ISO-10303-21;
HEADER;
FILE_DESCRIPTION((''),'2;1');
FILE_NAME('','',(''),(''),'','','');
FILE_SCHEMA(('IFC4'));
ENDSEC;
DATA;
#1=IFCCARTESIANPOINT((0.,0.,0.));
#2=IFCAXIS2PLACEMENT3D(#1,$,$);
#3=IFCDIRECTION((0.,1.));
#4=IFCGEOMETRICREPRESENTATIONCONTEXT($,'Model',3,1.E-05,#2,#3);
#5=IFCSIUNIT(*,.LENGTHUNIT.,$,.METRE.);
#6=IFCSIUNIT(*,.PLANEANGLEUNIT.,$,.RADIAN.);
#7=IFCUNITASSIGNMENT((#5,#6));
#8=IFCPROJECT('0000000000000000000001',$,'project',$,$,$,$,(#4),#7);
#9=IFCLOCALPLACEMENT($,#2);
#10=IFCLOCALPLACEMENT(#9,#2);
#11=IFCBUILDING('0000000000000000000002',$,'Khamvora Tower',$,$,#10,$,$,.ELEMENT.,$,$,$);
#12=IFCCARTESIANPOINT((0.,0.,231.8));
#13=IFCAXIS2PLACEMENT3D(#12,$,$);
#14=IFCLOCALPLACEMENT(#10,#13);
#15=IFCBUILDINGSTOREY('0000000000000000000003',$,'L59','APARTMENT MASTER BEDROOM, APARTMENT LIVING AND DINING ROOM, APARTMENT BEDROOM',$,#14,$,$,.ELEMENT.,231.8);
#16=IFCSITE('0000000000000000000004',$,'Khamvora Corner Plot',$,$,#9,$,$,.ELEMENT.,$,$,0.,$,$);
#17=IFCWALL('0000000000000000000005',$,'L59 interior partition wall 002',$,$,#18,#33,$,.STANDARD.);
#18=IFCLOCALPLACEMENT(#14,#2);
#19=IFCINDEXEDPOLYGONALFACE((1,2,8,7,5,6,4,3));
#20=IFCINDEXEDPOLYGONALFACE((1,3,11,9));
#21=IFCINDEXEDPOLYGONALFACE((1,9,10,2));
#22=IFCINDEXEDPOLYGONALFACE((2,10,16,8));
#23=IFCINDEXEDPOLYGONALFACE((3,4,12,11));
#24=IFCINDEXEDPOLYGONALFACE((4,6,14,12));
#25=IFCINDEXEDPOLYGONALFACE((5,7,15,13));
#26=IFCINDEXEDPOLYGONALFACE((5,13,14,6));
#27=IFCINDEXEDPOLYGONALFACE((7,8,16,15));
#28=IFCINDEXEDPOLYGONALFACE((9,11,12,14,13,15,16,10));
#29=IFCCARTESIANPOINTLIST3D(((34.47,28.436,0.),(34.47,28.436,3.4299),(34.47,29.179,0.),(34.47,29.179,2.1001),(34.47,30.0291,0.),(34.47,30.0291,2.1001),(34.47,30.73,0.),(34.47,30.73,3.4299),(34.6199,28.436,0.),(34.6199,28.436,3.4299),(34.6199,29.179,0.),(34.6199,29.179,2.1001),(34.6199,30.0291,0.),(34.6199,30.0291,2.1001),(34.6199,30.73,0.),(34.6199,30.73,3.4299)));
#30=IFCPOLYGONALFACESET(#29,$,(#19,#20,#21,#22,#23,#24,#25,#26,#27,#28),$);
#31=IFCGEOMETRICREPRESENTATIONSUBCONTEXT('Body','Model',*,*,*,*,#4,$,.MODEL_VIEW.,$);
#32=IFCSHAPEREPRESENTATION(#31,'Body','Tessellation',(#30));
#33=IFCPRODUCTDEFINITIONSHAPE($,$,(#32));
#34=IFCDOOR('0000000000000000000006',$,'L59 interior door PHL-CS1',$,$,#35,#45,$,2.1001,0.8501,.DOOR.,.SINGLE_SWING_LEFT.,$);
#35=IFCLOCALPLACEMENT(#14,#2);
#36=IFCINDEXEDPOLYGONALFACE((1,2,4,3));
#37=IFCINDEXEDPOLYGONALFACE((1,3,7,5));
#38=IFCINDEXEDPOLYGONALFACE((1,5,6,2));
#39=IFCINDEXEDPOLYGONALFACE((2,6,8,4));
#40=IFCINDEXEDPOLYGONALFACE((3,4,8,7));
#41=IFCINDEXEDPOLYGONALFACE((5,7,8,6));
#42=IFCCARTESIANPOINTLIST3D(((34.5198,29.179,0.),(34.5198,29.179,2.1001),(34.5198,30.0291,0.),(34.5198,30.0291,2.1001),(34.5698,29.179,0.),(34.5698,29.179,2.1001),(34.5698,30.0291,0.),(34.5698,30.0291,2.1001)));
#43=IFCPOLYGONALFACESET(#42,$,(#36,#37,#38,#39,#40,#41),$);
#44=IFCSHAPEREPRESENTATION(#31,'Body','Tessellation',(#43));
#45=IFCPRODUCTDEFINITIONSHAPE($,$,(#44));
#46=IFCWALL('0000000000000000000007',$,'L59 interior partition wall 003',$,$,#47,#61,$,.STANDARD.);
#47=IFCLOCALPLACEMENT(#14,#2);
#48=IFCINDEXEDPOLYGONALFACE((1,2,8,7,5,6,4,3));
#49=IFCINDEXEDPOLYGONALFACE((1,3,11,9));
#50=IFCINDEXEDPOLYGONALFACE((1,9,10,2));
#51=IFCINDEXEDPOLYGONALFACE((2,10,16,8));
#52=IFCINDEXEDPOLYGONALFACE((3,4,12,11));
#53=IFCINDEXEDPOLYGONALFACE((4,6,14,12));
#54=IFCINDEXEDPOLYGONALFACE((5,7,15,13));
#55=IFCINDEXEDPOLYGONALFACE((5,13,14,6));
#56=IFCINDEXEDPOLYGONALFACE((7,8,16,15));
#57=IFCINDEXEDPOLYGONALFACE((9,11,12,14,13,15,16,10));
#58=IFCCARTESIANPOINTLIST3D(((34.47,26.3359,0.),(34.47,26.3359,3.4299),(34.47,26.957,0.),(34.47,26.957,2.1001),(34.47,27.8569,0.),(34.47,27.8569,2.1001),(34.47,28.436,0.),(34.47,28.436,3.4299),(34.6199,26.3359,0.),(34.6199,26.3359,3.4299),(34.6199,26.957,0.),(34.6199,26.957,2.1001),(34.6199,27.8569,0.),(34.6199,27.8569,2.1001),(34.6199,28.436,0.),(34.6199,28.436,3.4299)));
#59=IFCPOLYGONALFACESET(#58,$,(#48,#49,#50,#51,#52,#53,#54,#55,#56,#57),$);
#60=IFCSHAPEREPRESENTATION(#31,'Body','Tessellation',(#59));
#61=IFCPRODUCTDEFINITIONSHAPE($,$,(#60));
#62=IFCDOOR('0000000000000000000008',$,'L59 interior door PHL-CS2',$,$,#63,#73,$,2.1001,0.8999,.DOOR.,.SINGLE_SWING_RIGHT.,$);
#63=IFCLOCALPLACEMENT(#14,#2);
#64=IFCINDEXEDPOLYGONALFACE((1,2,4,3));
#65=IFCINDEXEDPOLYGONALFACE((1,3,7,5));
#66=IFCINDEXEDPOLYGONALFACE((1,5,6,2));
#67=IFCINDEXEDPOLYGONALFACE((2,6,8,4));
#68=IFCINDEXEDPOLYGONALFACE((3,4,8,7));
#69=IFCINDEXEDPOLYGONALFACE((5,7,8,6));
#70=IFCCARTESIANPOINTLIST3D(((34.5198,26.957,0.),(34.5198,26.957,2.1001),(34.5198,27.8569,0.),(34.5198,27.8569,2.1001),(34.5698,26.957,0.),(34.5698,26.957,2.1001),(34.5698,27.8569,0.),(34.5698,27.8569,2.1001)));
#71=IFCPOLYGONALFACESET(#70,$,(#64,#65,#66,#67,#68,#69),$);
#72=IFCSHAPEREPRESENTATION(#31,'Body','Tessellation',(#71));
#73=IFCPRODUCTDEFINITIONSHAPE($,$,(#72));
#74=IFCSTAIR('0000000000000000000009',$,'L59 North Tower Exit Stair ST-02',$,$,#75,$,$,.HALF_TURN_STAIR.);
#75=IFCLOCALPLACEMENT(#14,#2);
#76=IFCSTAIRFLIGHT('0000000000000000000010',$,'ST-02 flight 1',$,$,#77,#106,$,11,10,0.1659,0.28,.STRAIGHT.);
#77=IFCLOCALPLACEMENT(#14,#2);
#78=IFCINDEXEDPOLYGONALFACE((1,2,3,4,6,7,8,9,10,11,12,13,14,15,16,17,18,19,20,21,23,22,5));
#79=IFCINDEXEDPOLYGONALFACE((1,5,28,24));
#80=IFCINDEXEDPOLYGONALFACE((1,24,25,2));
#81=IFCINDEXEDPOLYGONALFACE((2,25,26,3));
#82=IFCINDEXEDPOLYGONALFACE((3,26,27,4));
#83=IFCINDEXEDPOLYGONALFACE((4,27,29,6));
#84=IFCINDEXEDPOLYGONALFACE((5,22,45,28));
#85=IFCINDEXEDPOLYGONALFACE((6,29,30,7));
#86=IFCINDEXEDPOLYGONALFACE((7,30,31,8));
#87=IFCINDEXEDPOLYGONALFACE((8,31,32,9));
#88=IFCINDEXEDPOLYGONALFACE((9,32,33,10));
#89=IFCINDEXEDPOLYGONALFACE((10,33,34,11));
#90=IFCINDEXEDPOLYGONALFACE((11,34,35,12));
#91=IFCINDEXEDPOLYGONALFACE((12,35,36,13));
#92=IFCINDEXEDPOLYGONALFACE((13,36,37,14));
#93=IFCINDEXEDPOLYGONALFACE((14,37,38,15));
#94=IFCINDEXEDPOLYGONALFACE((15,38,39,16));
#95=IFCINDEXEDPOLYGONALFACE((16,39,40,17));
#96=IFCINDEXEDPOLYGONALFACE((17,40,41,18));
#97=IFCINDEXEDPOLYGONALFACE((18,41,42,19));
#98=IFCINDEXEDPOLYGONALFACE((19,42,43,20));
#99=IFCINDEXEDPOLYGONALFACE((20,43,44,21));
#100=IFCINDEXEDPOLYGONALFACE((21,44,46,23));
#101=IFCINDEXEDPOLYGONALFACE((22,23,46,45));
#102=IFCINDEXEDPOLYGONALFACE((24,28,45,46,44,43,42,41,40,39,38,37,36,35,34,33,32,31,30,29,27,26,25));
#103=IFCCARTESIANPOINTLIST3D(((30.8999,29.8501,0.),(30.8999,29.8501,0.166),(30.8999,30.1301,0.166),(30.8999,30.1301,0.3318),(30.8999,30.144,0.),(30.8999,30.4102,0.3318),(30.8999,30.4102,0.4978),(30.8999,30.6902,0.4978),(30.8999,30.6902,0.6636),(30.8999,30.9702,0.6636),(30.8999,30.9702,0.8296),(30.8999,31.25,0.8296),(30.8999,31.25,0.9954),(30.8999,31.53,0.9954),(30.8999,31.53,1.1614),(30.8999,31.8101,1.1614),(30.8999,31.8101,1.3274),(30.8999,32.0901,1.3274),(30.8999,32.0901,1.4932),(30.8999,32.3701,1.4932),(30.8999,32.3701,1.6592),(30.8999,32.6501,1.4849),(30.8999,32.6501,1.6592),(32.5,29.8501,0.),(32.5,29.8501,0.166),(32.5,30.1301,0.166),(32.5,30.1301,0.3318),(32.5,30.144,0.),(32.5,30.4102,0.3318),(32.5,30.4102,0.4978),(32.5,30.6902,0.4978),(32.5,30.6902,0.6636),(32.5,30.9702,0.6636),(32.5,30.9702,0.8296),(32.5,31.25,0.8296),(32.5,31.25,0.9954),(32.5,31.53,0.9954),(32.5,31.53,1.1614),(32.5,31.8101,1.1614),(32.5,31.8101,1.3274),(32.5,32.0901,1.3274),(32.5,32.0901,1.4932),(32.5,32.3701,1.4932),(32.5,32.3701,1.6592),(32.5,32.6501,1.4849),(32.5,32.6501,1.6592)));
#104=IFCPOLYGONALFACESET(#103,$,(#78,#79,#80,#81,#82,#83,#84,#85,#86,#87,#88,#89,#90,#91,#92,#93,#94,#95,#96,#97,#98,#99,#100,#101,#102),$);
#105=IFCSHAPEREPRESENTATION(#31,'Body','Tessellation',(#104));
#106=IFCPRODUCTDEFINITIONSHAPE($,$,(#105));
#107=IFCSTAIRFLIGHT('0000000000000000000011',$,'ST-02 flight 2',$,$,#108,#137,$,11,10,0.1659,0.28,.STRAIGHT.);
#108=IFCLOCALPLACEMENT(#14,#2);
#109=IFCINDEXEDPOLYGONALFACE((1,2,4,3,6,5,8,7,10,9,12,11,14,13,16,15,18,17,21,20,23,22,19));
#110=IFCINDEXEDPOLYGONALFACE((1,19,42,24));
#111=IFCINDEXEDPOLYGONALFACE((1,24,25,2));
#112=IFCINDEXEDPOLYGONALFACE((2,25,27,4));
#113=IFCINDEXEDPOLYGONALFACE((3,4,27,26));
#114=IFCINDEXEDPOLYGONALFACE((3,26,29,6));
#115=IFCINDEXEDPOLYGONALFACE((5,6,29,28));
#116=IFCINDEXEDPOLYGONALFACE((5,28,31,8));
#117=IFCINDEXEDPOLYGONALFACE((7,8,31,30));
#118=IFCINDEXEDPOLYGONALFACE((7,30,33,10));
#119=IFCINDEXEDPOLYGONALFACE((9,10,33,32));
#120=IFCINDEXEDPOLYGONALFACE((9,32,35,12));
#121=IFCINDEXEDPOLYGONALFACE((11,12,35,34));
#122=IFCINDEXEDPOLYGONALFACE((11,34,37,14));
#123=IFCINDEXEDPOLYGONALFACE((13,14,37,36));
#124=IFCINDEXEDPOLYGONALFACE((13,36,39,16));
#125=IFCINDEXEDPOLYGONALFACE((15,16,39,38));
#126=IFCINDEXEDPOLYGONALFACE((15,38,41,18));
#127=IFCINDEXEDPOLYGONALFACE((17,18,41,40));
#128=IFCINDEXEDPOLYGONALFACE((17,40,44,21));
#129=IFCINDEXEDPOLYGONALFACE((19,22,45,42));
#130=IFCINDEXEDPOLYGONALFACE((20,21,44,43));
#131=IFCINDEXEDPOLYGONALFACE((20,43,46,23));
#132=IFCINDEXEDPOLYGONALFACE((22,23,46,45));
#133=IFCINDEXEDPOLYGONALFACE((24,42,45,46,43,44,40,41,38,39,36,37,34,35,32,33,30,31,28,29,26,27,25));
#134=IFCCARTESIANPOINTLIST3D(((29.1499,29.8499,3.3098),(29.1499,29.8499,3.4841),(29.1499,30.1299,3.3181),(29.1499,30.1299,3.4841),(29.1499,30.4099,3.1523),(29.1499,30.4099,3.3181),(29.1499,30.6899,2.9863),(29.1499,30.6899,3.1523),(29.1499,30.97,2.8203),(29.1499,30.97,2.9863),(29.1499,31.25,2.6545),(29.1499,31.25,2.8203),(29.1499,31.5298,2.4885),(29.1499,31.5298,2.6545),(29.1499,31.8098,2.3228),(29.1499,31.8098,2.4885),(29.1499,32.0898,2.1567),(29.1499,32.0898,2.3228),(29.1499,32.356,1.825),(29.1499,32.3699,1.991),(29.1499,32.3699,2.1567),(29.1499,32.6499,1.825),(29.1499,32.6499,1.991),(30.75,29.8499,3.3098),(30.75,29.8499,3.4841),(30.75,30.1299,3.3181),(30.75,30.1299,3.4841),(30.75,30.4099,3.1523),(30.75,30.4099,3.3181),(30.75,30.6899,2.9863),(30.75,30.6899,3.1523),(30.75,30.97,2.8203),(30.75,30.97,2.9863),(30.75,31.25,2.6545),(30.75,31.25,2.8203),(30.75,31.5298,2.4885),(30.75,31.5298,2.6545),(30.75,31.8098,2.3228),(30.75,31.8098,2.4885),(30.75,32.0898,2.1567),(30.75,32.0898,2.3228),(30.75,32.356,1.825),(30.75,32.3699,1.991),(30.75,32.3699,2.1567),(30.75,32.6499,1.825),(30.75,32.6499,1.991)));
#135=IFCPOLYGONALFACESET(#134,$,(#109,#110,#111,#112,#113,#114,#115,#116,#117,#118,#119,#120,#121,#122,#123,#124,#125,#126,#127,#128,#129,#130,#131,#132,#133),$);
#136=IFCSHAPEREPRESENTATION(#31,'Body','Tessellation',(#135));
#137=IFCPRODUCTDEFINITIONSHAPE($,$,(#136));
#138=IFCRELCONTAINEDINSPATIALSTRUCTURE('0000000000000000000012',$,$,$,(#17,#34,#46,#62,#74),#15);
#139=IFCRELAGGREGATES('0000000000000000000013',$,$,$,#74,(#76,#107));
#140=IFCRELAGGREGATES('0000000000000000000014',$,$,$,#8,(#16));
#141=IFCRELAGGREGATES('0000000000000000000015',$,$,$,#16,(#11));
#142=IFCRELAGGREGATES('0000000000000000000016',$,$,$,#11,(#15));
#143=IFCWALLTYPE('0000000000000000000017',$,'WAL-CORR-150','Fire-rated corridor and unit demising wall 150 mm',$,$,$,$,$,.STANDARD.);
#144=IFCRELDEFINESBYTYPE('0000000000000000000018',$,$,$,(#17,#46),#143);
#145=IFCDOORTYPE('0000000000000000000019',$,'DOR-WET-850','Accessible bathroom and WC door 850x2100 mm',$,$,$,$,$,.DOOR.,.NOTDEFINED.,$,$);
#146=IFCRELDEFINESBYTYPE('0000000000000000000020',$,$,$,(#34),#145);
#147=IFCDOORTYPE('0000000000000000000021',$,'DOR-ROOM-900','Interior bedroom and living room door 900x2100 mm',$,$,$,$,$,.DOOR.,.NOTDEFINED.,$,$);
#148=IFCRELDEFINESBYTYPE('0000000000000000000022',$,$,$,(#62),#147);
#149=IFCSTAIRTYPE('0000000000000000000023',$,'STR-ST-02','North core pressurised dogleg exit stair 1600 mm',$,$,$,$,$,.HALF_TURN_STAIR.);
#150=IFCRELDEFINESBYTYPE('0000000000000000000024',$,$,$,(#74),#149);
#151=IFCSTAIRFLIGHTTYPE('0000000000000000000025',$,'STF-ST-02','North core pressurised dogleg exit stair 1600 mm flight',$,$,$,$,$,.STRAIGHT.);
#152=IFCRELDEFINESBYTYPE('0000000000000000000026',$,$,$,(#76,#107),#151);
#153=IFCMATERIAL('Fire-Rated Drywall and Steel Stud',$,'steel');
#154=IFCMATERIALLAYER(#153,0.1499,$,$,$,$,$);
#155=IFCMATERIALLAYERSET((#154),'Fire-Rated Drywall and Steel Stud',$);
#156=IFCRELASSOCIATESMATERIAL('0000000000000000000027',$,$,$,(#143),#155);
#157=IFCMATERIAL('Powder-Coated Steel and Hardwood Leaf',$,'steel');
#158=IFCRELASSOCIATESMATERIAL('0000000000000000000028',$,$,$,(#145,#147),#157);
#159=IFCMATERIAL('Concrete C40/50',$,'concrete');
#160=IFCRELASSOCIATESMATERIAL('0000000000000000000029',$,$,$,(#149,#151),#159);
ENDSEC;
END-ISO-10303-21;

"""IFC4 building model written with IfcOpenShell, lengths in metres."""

from ifc_helpers import new_model, si_unit, direction, frame, frame_2d, origin, place, context, subcontext, project, spatial, polyline, rectangle, outline, extrude, material, layer, layer_set, type_object, element, fill, aggregate, save


model = new_model("IFC4")

# Units and contexts
model_context = context("Model", 3, precision=1e-05, world=origin(), true_north=direction((0.0, 1.0)))
body_context = subcontext(model_context, "Body", "Model", "MODEL_VIEW")
ifc_project = project(units=[si_unit("LENGTHUNIT", "METRE"), si_unit("PLANEANGLEUNIT", "RADIAN")], contexts=[model_context])

# Site, building, storey
site_placement = place(None, origin())
site = spatial("IfcSite", under=ifc_project, at=site_placement, Name="Khamvora Corner Plot", CompositionType="ELEMENT", RefElevation=0.0)
building_placement = place(site_placement, origin())
building = spatial("IfcBuilding", under=site, at=building_placement, Name="Khamvora Tower", CompositionType="ELEMENT")
storey_placement = place(building_placement, frame((0.0, 0.0, 231.8)))
storey = spatial("IfcBuildingStorey", under=building, at=storey_placement, Name="L59", Description="APARTMENT MASTER BEDROOM, APARTMENT LIVING AND DINING ROOM, APARTMENT BEDROOM", CompositionType="ELEMENT", Elevation=231.8)

# Shared definitions
ifc_material_1 = material(Name="Powder-Coated Steel and Hardwood Leaf", Category="steel")

# Shared definitions
ifc_material_2 = material(Name="Fire-Rated Drywall and Steel Stud", Category="steel")
ifc_layer_1 = layer(ifc_material_2, 0.1499)
ifc_layer_set_1 = layer_set([ifc_layer_1], Name="Fire-Rated Drywall and Steel Stud")
wall_type_1 = type_object("IfcWallType", Name="WAL-CORR-150", Description="Fire-rated corridor and unit demising wall 150 mm", PredefinedType="STANDARD", material=ifc_layer_set_1)

# Walls, openings, doors
wall_1_placement = place(storey_placement, frame((34.5449, 30.73, 0.0), z_axis=(0.0, 0.0, 1.0), x_axis=(0.0, -1.0, 0.0)))
wall_1 = element("IfcWall", 1, at=wall_1_placement, inside=storey, type_object=wall_type_1, Name="L59 interior partition wall 002", PredefinedType="STANDARD", context=body_context, shape_type="SweptSolid", body=[
    extrude(rectangle(XDim=2.2939, YDim=0.1499, at=frame_2d((1.147, 0.0))), origin(), (0.0, 0.0, 1.0), 3.4299),
])
opening_1_placement = place(wall_1_placement, frame((0.7009, 0.0, 0.0)))
opening_1 = element("IfcOpeningElement", 2, at=opening_1_placement, cuts=wall_1, PredefinedType="OPENING", context=body_context, shape_type="SweptSolid", body=[
    extrude(rectangle(XDim=0.8501, YDim=2.1001, at=frame_2d((0.425, 1.05))), frame((0.0, 0.085, 0.0), z_axis=(0.0, -1.0, 0.0), x_axis=(1.0, 0.0, 0.0)), (0.0, 0.0, 1.0), 0.1699),
])
door_type_1 = type_object("IfcDoorType", Name="DOR-WET-850", Description="Accessible bathroom and WC door 850x2100 mm", OperationType="NOTDEFINED", PredefinedType="DOOR", material=ifc_material_1)
door_1_placement = place(opening_1_placement, origin())
door_1 = element("IfcDoor", 3, at=door_1_placement, inside=storey, type_object=door_type_1, Name="L59 interior door PHL-CS1", OperationType="SINGLE_SWING_LEFT", OverallHeight=2.1001, OverallWidth=0.8501, PredefinedType="DOOR", context=body_context, shape_type="SweptSolid", body=[
    extrude(rectangle(XDim=0.8501, YDim=2.1001, at=frame_2d((0.425, 1.05))), frame((0.0, 0.0249, 0.0), z_axis=(0.0, -1.0, 0.0), x_axis=(1.0, 0.0, 0.0)), (0.0, 0.0, 1.0), 0.05),
])
fill(opening_1, door_1)
wall_2_placement = place(storey_placement, frame((34.5449, 28.436, 0.0), z_axis=(0.0, 0.0, 1.0), x_axis=(0.0, -1.0, 0.0)))
wall_2 = element("IfcWall", 4, at=wall_2_placement, inside=storey, type_object=wall_type_1, Name="L59 interior partition wall 003", PredefinedType="STANDARD", context=body_context, shape_type="SweptSolid", body=[
    extrude(rectangle(XDim=2.1001, YDim=0.1499, at=frame_2d((1.05, 0.0))), origin(), (0.0, 0.0, 1.0), 3.4299),
])
opening_2_placement = place(wall_2_placement, frame((0.5791, 0.0, 0.0)))
opening_2 = element("IfcOpeningElement", 5, at=opening_2_placement, cuts=wall_2, PredefinedType="OPENING", context=body_context, shape_type="SweptSolid", body=[
    extrude(rectangle(XDim=0.8999, YDim=2.1001, at=frame_2d((0.45, 1.05))), frame((0.0, 0.085, 0.0), z_axis=(0.0, -1.0, 0.0), x_axis=(1.0, 0.0, 0.0)), (0.0, 0.0, 1.0), 0.1699),
])
door_type_2 = type_object("IfcDoorType", Name="DOR-ROOM-900", Description="Interior bedroom and living room door 900x2100 mm", OperationType="NOTDEFINED", PredefinedType="DOOR", material=ifc_material_1)
door_2_placement = place(opening_2_placement, origin())
door_2 = element("IfcDoor", 6, at=door_2_placement, inside=storey, type_object=door_type_2, Name="L59 interior door PHL-CS2", OperationType="SINGLE_SWING_RIGHT", OverallHeight=2.1001, OverallWidth=0.8999, PredefinedType="DOOR", context=body_context, shape_type="SweptSolid", body=[
    extrude(rectangle(XDim=0.8999, YDim=2.1001, at=frame_2d((0.45, 1.05))), frame((0.0, 0.0249, 0.0), z_axis=(0.0, -1.0, 0.0), x_axis=(1.0, 0.0, 0.0)), (0.0, 0.0, 1.0), 0.05),
])
fill(opening_2, door_2)

# Stair, stair flights
ifc_material_3 = material(Name="Concrete C40/50", Category="concrete")
stair_type = type_object("IfcStairType", Name="STR-ST-02", Description="North core pressurised dogleg exit stair 1600 mm", PredefinedType="HALF_TURN_STAIR", material=ifc_material_3)
stair_placement = place(storey_placement, origin())
stair = element("IfcStair", 7, at=stair_placement, inside=storey, type_object=stair_type, Name="L59 North Tower Exit Stair ST-02", PredefinedType="HALF_TURN_STAIR")
stair_flight_type = type_object("IfcStairFlightType", Name="STF-ST-02", Description="North core pressurised dogleg exit stair 1600 mm flight", PredefinedType="STRAIGHT", material=ifc_material_3)
stair_flight_1_placement = place(storey_placement, frame((31.7, 29.8501, 0.0), z_axis=(0.0, 0.0, 1.0), x_axis=(0.0, 1.0, 0.0)))
stair_flight_1 = element("IfcStairFlight", 8, at=stair_flight_1_placement, type_object=stair_flight_type, Name="ST-02 flight 1", NumberOfRisers=11, NumberOfTreads=10, PredefinedType="STRAIGHT", RiserHeight=0.1659, TreadLength=0.28, context=body_context, shape_type="SweptSolid", body=[
    extrude(outline(polyline([(0.0, 0.0), (0.0, 0.166), (0.28, 0.166), (0.28, 0.3318), (0.5601, 0.3318), (0.5601, 0.4978), (0.8401, 0.4978), (0.8401, 0.6636), (1.1201, 0.6636), (1.1201, 0.8296), (1.3999, 0.8296), (1.3999, 0.9954), (1.6799, 0.9954), (1.6799, 1.1614), (1.96, 1.1614), (1.96, 1.3274), (2.24, 1.3274), (2.24, 1.4932), (2.52, 1.4932), (2.52, 1.6592), (2.8, 1.6592), (2.8, 1.825), (2.8, 1.4849), (0.2939, 0.0), (0.0, 0.0)])), frame((0.0, 0.8, 0.0), z_axis=(0.0, -1.0, 0.0), x_axis=(1.0, 0.0, 0.0)), (0.0, 0.0, 1.0), 1.6001),
])
stair_flight_2_placement = place(storey_placement, frame((29.95, 32.6499, 1.825), z_axis=(0.0, 0.0, 1.0), x_axis=(0.0, -1.0, 0.0)))
stair_flight_2 = element("IfcStairFlight", 9, at=stair_flight_2_placement, type_object=stair_flight_type, Name="ST-02 flight 2", NumberOfRisers=11, NumberOfTreads=10, PredefinedType="STRAIGHT", RiserHeight=0.1659, TreadLength=0.28, context=body_context, shape_type="SweptSolid", body=[
    extrude(outline(polyline([(0.0, 0.0), (0.0, 0.166), (0.28, 0.166), (0.28, 0.3318), (0.5601, 0.3318), (0.5601, 0.4978), (0.8401, 0.4978), (0.8401, 0.6636), (1.1201, 0.6636), (1.1201, 0.8296), (1.3999, 0.8296), (1.3999, 0.9954), (1.6799, 0.9954), (1.6799, 1.1614), (1.96, 1.1614), (1.96, 1.3274), (2.24, 1.3274), (2.24, 1.4932), (2.52, 1.4932), (2.52, 1.6592), (2.8, 1.6592), (2.8, 1.825), (2.8, 1.4849), (0.2939, 0.0), (0.0, 0.0)])), frame((0.0, 0.8, 0.0), z_axis=(0.0, -1.0, 0.0), x_axis=(1.0, 0.0, 0.0)), (0.0, 0.0, 1.0), 1.6001),
])
aggregate(stair, [stair_flight_1, stair_flight_2])

save(model, "model.ifc")
